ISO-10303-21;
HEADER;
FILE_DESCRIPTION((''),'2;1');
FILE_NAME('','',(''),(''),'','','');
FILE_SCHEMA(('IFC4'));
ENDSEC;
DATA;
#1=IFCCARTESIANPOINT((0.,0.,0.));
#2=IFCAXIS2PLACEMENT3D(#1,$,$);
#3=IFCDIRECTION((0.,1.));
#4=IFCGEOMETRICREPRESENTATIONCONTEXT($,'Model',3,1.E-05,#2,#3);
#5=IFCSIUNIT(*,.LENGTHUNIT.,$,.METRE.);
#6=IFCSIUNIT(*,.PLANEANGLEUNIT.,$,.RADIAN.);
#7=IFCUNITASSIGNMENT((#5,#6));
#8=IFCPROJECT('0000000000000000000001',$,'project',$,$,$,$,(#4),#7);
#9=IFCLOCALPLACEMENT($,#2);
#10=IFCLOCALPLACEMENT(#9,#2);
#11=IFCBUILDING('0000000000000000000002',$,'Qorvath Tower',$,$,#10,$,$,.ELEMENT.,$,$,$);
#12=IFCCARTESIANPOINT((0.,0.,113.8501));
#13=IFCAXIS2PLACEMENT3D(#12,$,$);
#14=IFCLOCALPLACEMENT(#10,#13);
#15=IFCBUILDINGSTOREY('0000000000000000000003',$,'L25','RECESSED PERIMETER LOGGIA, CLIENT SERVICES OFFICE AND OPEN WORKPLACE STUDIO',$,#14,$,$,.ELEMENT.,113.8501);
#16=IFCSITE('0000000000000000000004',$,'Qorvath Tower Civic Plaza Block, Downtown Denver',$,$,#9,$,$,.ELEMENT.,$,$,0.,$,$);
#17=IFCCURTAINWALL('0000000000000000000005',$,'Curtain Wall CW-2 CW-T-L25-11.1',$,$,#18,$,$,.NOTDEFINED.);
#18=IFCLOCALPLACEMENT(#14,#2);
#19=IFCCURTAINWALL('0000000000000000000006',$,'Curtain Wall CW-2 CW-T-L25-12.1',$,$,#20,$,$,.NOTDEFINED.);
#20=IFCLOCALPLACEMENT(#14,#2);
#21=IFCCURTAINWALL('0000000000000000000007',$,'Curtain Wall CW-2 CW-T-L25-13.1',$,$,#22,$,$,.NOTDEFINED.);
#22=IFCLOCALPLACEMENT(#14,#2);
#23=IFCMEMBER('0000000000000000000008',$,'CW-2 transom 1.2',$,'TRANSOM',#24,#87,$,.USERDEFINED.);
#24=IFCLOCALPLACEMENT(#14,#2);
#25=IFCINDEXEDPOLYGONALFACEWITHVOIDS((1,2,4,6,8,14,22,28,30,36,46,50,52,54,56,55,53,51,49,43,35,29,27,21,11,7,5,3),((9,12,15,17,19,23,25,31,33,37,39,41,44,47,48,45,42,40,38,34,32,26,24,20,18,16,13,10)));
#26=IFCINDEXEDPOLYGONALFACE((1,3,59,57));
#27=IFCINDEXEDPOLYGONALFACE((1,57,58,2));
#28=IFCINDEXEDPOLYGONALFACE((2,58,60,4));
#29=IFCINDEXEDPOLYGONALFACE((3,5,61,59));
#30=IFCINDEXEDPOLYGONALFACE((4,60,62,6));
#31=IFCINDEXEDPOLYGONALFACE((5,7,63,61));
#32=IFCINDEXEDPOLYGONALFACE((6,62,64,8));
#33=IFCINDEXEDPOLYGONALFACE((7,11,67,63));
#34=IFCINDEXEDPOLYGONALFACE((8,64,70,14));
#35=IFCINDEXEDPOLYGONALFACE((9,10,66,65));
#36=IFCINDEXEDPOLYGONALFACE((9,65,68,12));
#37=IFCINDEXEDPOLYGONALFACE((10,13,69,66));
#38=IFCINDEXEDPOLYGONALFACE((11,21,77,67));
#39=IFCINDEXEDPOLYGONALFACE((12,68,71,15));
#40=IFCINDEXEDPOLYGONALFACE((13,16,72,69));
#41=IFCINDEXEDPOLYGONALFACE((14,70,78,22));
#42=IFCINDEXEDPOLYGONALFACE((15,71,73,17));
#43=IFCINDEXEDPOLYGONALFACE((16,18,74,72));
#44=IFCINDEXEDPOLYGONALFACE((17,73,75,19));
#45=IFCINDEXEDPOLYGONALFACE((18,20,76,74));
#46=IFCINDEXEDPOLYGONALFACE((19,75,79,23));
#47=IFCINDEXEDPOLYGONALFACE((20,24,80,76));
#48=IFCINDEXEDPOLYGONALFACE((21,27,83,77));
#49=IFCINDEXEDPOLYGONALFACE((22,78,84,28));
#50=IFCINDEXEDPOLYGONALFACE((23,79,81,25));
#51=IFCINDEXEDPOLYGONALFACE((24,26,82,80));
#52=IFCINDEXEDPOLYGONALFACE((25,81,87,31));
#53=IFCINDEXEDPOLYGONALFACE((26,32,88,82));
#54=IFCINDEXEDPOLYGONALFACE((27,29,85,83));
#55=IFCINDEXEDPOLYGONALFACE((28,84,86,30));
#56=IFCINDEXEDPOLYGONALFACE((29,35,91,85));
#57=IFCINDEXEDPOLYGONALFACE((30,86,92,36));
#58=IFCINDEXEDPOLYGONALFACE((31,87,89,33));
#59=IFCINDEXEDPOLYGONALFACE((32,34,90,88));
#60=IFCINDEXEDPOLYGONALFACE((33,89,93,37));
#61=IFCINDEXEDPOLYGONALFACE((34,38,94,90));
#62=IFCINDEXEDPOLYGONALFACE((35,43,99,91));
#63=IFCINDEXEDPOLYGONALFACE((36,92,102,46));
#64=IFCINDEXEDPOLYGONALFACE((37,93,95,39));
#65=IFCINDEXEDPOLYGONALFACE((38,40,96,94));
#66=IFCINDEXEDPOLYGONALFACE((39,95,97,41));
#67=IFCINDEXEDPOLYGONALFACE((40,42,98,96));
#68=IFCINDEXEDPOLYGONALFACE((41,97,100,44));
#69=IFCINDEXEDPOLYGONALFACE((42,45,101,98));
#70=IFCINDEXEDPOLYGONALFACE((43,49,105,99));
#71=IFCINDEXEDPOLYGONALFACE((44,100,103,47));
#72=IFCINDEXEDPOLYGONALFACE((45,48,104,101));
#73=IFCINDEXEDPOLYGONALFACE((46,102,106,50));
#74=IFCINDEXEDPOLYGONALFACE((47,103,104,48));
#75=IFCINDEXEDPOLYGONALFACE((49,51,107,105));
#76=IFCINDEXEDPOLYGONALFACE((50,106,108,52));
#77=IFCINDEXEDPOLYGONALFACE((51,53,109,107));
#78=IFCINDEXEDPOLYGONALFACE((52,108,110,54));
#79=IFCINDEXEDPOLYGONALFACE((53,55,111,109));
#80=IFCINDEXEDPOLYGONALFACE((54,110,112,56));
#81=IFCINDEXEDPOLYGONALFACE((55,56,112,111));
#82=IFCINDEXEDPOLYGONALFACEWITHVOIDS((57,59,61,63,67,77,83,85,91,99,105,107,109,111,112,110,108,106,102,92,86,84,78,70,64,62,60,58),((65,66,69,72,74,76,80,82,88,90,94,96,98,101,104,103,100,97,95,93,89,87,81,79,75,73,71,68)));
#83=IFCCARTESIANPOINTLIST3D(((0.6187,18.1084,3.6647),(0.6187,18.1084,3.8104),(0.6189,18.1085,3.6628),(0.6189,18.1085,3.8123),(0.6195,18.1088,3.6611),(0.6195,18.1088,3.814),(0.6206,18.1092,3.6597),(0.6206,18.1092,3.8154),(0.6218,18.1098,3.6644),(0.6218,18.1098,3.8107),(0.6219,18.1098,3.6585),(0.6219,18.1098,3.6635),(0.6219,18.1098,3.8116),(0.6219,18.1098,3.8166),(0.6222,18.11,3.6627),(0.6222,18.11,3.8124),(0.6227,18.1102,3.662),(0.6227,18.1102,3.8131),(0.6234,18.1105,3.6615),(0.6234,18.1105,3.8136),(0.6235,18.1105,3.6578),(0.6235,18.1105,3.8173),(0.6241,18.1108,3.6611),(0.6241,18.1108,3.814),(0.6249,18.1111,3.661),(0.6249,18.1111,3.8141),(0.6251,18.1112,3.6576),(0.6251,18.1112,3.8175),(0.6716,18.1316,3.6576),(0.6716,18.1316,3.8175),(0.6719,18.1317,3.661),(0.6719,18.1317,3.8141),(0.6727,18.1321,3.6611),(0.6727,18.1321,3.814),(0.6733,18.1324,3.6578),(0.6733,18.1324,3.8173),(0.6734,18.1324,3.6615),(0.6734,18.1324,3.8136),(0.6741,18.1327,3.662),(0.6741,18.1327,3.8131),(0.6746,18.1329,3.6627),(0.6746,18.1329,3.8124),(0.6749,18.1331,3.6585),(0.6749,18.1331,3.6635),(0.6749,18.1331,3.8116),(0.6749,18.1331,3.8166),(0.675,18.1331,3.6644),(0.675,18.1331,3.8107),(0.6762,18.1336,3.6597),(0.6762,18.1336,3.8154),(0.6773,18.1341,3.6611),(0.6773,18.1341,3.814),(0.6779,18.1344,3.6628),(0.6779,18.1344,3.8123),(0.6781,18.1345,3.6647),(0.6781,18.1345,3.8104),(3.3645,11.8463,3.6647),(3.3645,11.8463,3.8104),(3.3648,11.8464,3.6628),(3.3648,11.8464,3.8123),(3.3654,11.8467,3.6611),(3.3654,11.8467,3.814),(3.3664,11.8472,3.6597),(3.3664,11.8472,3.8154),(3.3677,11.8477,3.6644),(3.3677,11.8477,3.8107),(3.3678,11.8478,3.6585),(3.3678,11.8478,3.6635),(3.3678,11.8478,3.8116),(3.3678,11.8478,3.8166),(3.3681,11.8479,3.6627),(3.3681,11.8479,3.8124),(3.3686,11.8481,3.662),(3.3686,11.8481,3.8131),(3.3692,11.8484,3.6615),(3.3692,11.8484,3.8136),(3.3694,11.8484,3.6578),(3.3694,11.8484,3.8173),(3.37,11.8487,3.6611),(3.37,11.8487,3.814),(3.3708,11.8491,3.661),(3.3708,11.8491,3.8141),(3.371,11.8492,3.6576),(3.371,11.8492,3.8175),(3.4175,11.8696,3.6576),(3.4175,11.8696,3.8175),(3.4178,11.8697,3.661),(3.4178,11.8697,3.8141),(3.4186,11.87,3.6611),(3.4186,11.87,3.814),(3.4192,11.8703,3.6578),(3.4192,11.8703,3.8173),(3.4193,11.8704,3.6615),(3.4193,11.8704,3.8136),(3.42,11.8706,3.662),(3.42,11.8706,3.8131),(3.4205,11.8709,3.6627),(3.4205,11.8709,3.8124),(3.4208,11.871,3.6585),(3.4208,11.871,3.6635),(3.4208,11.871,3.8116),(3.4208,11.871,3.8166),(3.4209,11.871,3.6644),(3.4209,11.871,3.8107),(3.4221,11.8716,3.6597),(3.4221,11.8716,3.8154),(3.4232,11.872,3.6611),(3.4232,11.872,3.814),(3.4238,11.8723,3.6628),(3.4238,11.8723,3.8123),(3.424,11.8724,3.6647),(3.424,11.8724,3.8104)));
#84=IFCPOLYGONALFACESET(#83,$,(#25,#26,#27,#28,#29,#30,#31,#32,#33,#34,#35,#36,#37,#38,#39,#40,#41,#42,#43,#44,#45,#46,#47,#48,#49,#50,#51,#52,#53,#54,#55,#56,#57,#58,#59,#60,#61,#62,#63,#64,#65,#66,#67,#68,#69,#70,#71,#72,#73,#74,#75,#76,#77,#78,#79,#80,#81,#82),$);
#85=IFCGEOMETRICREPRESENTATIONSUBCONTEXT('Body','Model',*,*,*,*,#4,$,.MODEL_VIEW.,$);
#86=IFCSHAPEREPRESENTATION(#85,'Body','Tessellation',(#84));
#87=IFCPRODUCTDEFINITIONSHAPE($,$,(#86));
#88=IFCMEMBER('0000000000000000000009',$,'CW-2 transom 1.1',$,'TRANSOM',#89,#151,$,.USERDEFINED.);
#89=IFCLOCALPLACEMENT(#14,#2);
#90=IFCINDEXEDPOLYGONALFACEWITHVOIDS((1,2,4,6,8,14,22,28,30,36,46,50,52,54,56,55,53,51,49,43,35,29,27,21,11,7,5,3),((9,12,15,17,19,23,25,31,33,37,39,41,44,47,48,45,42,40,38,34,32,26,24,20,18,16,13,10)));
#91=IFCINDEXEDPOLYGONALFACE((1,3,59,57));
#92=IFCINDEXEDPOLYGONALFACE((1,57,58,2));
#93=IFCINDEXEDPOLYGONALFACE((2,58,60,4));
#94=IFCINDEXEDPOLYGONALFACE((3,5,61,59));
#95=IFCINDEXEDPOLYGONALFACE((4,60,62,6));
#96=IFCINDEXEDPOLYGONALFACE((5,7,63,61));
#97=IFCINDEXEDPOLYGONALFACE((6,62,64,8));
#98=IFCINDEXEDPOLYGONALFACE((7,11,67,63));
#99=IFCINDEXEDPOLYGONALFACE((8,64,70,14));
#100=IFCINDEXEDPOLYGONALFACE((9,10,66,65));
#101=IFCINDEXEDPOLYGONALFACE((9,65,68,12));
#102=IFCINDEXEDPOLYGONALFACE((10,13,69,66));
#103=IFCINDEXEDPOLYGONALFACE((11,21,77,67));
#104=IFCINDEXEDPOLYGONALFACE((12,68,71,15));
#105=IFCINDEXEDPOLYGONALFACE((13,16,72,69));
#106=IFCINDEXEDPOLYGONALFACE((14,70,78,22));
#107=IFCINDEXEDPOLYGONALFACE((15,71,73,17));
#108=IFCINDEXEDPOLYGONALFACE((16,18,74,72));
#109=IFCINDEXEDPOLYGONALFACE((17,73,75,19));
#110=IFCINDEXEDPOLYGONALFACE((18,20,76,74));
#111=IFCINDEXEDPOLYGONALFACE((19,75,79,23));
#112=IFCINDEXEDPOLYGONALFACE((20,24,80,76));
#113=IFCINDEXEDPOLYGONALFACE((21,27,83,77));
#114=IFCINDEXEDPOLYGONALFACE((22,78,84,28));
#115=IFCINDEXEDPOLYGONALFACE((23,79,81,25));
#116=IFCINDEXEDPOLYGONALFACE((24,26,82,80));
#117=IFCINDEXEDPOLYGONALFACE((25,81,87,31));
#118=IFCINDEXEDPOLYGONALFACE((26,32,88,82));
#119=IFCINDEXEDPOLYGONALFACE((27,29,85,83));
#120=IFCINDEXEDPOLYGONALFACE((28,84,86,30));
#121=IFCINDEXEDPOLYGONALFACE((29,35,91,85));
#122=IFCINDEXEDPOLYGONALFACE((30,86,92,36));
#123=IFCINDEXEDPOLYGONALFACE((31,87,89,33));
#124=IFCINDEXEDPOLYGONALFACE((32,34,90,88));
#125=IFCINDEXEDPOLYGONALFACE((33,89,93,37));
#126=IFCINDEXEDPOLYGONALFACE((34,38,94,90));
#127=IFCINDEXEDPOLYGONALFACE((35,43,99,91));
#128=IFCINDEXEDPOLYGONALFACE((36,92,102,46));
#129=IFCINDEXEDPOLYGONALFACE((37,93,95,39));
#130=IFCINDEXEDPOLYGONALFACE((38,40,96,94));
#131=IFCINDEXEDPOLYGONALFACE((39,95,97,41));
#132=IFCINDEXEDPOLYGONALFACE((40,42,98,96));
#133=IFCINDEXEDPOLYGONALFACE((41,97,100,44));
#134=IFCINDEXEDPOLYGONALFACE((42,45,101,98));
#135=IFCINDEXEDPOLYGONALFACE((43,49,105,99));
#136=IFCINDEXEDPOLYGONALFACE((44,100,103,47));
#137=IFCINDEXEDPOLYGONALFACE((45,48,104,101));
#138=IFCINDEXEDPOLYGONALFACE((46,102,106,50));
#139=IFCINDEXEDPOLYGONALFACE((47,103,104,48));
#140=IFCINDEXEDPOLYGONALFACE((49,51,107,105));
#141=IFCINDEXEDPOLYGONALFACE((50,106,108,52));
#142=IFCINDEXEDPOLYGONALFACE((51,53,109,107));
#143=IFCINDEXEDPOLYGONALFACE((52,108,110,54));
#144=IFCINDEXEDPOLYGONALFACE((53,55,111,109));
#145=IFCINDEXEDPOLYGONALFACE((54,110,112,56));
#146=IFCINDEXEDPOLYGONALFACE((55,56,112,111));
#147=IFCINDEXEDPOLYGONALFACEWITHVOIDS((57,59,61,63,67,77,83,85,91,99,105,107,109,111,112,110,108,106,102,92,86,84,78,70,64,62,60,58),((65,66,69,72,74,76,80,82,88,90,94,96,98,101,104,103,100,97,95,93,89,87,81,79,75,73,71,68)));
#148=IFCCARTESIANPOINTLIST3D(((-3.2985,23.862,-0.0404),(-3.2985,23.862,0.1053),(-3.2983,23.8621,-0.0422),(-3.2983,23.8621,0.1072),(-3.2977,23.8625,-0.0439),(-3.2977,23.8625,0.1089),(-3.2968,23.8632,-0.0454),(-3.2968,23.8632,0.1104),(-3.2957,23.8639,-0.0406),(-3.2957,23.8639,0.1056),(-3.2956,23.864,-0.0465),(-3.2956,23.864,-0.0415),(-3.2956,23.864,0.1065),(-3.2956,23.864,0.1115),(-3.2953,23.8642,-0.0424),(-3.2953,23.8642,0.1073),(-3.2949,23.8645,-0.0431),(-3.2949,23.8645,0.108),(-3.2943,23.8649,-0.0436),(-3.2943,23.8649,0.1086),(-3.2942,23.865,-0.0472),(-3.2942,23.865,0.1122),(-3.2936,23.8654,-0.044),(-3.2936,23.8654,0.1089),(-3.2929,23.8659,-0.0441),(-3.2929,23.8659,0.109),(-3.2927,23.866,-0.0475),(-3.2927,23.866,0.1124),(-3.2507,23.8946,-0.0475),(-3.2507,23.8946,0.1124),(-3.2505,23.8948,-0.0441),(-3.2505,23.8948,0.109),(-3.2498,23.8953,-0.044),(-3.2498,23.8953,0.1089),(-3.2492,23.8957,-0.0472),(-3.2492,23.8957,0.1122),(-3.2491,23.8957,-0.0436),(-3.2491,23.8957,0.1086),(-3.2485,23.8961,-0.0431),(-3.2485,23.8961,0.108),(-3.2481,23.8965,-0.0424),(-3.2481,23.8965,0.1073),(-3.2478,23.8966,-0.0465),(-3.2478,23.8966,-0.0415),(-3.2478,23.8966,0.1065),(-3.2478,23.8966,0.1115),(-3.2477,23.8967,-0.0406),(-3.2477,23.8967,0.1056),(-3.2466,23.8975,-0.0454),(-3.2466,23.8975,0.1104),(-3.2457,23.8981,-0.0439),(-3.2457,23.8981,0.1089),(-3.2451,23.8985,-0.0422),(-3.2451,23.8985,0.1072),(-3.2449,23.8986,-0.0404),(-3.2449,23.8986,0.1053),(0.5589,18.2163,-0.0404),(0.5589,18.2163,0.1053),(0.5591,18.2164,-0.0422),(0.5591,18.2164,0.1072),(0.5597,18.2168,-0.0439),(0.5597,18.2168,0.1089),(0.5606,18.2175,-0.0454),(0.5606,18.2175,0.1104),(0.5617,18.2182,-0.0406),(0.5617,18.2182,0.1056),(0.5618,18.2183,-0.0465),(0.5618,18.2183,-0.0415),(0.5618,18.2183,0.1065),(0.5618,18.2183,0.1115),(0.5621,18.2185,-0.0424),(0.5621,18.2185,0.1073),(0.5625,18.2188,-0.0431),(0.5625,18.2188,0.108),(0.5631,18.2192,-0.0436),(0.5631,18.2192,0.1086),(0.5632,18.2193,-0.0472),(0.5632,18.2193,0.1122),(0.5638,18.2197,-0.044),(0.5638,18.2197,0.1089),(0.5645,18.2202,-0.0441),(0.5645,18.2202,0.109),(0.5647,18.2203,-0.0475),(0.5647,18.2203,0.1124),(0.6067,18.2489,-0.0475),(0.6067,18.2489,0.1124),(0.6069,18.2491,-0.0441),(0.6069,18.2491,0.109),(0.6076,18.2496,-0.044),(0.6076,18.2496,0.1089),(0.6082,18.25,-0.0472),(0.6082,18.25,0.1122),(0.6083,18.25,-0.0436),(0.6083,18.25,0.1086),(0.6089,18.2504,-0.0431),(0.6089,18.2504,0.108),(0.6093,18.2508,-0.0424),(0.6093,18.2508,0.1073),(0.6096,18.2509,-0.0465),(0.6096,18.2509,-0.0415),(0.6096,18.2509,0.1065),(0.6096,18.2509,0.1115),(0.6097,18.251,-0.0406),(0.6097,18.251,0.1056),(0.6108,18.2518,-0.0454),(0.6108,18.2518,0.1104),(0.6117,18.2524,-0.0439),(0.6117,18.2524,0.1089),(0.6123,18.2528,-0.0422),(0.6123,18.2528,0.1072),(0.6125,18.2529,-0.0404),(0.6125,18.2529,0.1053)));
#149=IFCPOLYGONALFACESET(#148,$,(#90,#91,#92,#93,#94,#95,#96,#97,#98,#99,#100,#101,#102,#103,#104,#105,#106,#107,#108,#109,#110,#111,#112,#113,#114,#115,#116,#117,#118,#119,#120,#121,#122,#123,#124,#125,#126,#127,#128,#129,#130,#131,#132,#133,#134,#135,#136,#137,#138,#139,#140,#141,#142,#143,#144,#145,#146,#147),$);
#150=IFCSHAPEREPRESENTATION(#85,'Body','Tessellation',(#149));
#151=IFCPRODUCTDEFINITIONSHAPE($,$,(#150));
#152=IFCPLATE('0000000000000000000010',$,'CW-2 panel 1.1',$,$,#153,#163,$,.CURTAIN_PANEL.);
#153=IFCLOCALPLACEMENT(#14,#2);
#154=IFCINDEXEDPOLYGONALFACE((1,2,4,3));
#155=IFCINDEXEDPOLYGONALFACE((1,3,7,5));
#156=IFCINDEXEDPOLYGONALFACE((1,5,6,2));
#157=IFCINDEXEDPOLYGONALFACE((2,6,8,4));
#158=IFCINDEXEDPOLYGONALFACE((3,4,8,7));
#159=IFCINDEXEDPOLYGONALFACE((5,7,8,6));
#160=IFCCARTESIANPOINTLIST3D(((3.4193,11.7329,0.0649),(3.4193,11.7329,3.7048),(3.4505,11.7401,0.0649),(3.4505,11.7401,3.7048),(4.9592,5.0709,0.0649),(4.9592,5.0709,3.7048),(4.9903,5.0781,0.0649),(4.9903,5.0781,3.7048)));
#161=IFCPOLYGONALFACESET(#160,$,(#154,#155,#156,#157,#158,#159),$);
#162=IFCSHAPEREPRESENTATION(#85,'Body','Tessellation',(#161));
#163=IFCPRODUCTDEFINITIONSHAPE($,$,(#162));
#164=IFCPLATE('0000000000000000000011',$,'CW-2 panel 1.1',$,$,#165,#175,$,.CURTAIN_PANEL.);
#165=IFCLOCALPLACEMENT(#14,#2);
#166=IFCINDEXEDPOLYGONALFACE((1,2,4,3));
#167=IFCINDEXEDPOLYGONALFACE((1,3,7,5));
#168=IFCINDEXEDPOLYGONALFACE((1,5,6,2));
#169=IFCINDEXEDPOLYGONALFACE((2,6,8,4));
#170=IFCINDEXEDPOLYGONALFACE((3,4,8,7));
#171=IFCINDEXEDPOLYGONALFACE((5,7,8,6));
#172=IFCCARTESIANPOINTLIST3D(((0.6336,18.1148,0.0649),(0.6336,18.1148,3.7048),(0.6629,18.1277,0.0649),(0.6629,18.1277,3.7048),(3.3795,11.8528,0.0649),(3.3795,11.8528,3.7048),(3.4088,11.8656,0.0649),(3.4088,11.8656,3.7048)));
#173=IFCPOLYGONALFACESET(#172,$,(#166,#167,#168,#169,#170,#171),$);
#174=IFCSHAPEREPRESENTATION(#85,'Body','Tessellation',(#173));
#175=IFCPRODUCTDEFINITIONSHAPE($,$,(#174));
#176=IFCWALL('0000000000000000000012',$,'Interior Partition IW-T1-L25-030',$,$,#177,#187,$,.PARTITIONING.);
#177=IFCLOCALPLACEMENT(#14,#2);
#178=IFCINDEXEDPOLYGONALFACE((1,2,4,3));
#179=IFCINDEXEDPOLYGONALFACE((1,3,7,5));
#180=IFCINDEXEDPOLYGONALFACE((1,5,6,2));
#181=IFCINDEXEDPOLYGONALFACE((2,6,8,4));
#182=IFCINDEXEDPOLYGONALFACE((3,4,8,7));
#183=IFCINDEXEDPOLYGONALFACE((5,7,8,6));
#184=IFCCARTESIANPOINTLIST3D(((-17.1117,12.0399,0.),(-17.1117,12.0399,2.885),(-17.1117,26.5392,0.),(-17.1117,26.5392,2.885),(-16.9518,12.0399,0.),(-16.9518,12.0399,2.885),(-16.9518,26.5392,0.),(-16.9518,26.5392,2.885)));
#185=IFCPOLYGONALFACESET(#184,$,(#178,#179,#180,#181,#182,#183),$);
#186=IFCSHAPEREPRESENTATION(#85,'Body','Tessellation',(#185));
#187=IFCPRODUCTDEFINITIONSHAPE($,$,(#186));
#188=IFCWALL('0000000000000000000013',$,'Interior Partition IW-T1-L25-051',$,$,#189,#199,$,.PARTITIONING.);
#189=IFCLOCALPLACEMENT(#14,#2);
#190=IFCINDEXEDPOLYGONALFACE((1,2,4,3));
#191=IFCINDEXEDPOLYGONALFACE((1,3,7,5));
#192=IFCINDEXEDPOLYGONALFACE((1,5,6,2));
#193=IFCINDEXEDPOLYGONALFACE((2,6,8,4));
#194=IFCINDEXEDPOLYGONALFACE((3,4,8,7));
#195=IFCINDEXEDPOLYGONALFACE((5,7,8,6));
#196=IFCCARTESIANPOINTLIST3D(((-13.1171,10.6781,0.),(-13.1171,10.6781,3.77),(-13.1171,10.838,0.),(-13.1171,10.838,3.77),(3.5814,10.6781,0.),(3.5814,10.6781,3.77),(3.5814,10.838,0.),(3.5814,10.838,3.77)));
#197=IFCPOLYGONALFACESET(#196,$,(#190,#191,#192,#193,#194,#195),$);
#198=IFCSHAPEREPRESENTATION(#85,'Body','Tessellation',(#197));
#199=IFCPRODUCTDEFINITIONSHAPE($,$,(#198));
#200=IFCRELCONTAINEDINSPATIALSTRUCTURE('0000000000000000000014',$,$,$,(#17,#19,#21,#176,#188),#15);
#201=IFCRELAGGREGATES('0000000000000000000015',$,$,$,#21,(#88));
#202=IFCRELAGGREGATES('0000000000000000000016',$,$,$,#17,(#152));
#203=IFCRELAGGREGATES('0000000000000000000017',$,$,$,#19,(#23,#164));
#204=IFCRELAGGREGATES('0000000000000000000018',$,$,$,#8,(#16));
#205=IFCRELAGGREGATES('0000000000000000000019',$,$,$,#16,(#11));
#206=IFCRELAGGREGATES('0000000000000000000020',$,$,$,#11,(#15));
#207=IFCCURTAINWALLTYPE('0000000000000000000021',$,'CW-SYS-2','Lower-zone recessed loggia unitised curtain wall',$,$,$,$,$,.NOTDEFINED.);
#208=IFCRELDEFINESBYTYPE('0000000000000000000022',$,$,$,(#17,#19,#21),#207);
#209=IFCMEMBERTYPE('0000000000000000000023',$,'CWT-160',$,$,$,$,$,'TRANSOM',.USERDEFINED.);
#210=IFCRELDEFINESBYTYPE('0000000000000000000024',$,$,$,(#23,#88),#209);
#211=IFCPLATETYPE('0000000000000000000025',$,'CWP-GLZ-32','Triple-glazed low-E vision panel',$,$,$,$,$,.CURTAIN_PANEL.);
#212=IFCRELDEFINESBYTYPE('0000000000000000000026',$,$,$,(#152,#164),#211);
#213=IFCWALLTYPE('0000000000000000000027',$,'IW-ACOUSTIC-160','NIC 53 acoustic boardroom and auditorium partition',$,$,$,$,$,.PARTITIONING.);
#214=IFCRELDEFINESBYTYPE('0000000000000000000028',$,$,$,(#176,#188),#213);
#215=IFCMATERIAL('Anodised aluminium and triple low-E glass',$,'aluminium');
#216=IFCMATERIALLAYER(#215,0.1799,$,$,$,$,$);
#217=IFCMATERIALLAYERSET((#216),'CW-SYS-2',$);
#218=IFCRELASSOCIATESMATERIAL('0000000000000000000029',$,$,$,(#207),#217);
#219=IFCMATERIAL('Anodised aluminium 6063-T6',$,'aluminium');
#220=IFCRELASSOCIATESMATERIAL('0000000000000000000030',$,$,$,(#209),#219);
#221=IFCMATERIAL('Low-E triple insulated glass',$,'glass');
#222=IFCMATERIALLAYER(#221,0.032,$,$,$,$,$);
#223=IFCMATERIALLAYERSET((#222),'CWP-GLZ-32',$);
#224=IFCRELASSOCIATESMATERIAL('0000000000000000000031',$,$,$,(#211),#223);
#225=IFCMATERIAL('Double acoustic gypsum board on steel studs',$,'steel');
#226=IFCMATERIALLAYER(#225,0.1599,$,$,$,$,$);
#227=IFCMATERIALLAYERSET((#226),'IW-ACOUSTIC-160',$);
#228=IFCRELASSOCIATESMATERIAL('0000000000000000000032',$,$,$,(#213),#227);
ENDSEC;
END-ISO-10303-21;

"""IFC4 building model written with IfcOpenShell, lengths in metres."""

from ifc_helpers import new_model, si_unit, direction, frame, frame_2d, origin, origin_2d, place, context, subcontext, project, spatial, rectangle, hollow_rectangle, extrude, material, layer, layer_set, material_profile, profile_set, type_object, element, aggregate, save


model = new_model("IFC4")

# Units and contexts
model_context = context("Model", 3, precision=1e-05, world=origin(), true_north=direction((0.0, 1.0)))
body_context = subcontext(model_context, "Body", "Model", "MODEL_VIEW")
ifc_project = project(units=[si_unit("LENGTHUNIT", "METRE"), si_unit("PLANEANGLEUNIT", "RADIAN")], contexts=[model_context])

# Site, building, storey
site_placement = place(None, origin())
site = spatial("IfcSite", under=ifc_project, at=site_placement, Name="Qorvath Tower Civic Plaza Block, Downtown Denver", CompositionType="ELEMENT", RefElevation=0.0)
building_placement = place(site_placement, origin())
building = spatial("IfcBuilding", under=site, at=building_placement, Name="Qorvath Tower", CompositionType="ELEMENT")
storey_placement = place(building_placement, frame((0.0, 0.0, 113.8501)))
storey = spatial("IfcBuildingStorey", under=building, at=storey_placement, Name="L25", Description="RECESSED PERIMETER LOGGIA, CLIENT SERVICES OFFICE AND OPEN WORKPLACE STUDIO", CompositionType="ELEMENT", Elevation=113.8501)

# Curtain walls
ifc_material_1 = material(Name="Anodised aluminium and triple low-E glass", Category="aluminium")
ifc_layer_1 = layer(ifc_material_1, 0.1799)
ifc_layer_set_1 = layer_set([ifc_layer_1], Name="CW-SYS-2")
curtain_wall_type = type_object("IfcCurtainWallType", Name="CW-SYS-2", Description="Lower-zone recessed loggia unitised curtain wall", PredefinedType="NOTDEFINED", material=ifc_layer_set_1)
curtain_wall_1_placement = place(storey_placement, origin())
curtain_wall_1 = element("IfcCurtainWall", 1, at=curtain_wall_1_placement, inside=storey, type_object=curtain_wall_type, Name="Curtain Wall CW-2 CW-T-L25-11.1", PredefinedType="NOTDEFINED")
curtain_wall_2_placement = place(storey_placement, origin())
curtain_wall_2 = element("IfcCurtainWall", 2, at=curtain_wall_2_placement, inside=storey, type_object=curtain_wall_type, Name="Curtain Wall CW-2 CW-T-L25-12.1", PredefinedType="NOTDEFINED")

# Curtain wall
curtain_wall_3_placement = place(storey_placement, origin())
curtain_wall_3 = element("IfcCurtainWall", 3, at=curtain_wall_3_placement, inside=storey, type_object=curtain_wall_type, Name="Curtain Wall CW-2 CW-T-L25-13.1", PredefinedType="NOTDEFINED")

# Members
ifc_material_2 = material(Name="Anodised aluminium 6063-T6", Category="aluminium")
ifc_material_profile_1 = material_profile(ifc_material_2, hollow_rectangle(XDim=0.0649, YDim=0.1599, WallThickness=0.0034, InnerFilletRadius=0.0034, OuterFilletRadius=0.0071, at=origin_2d()), Name="CWT 160x65")
ifc_profile_set_1 = profile_set([ifc_material_profile_1], Name="Anodised aluminium 6063-T6")
member_type_1 = type_object("IfcMemberType", Name="CWT-160", ElementType="TRANSOM", PredefinedType="USERDEFINED", material=ifc_profile_set_1)
member_1_placement = place(storey_placement, frame((3.3943, 11.8594, 3.7375), z_axis=(-0.401585, 0.915822, 0.0), x_axis=(-0.915822, -0.401585, 0.0)))
member_1 = element("IfcMember", 4, at=member_1_placement, type_object=member_type_1, Name="CW-2 transom 1.2", ObjectType="TRANSOM", PredefinedType="USERDEFINED", context=body_context, shape_type="SweptSolid", body=[
    extrude(hollow_rectangle(XDim=0.0649, YDim=0.1599, WallThickness=0.0034, InnerFilletRadius=0.0034, OuterFilletRadius=0.0071, at=origin_2d()), origin(), (0.0, 0.0, 1.0), 6.8376),
])
member_2_placement = place(storey_placement, frame((0.5857, 18.2346, 0.0325), z_axis=(-0.56414, 0.825679, 0.0), x_axis=(-0.825679, -0.56414, 0.0)))
member_2 = element("IfcMember", 5, at=member_2_placement, type_object=member_type_1, Name="CW-2 transom 1.1", ObjectType="TRANSOM", PredefinedType="USERDEFINED", context=body_context, shape_type="SweptSolid", body=[
    extrude(hollow_rectangle(XDim=0.0649, YDim=0.1599, WallThickness=0.0034, InnerFilletRadius=0.0034, OuterFilletRadius=0.0071, at=origin_2d()), origin(), (0.0, 0.0, 1.0), 6.8376),
])
aggregate(curtain_wall_3, [member_2])

# Plates
ifc_material_3 = material(Name="Low-E triple insulated glass", Category="glass")
ifc_layer_2 = layer(ifc_material_3, 0.032)
ifc_layer_set_2 = layer_set([ifc_layer_2], Name="CWP-GLZ-32")
plate_type = type_object("IfcPlateType", Name="CWP-GLZ-32", Description="Triple-glazed low-E vision panel", PredefinedType="CURTAIN_PANEL", material=ifc_layer_set_2)
plate_1_placement = place(storey_placement, frame((4.2048, 8.4055, 0.0649), z_axis=(0.0, 0.0, 1.0), x_axis=(-0.2252, 0.974313, 0.0)))
plate_1 = element("IfcPlate", 6, at=plate_1_placement, type_object=plate_type, Name="CW-2 panel 1.1", PredefinedType="CURTAIN_PANEL", context=body_context, shape_type="SweptSolid", body=[
    extrude(rectangle(XDim=6.8376, YDim=0.032, at=origin_2d()), origin(), (0.0, 0.0, 1.0), 3.6399),
])
aggregate(curtain_wall_1, [plate_1])
plate_2_placement = place(storey_placement, frame((2.0212, 14.9902, 0.0649), z_axis=(0.0, 0.0, 1.0), x_axis=(-0.401586, 0.915821, 0.0)))
plate_2 = element("IfcPlate", 7, at=plate_2_placement, type_object=plate_type, Name="CW-2 panel 1.1", PredefinedType="CURTAIN_PANEL", context=body_context, shape_type="SweptSolid", body=[
    extrude(rectangle(XDim=6.8376, YDim=0.032, at=origin_2d()), origin(), (0.0, 0.0, 1.0), 3.6399),
])
aggregate(curtain_wall_2, [member_1, plate_2])

# Walls
ifc_material_4 = material(Name="Double acoustic gypsum board on steel studs", Category="steel")
ifc_layer_3 = layer(ifc_material_4, 0.1599)
ifc_layer_set_3 = layer_set([ifc_layer_3], Name="IW-ACOUSTIC-160")
wall_type_1 = type_object("IfcWallType", Name="IW-ACOUSTIC-160", Description="NIC 53 acoustic boardroom and auditorium partition", PredefinedType="PARTITIONING", material=ifc_layer_set_3)
wall_1_placement = place(storey_placement, frame((-17.0317, 12.04, 0.0), z_axis=(0.0, 0.0, 1.0), x_axis=(0.0, 1.0, 0.0)))
element("IfcWall", 8, at=wall_1_placement, inside=storey, type_object=wall_type_1, Name="Interior Partition IW-T1-L25-030", PredefinedType="PARTITIONING", context=body_context, shape_type="SweptSolid", body=[
    extrude(rectangle(XDim=14.4993, YDim=0.1599, at=frame_2d((7.2495, 0.0))), origin(), (0.0, 0.0, 1.0), 2.885),
])
wall_2_placement = place(storey_placement, frame((3.5813, 10.7581, 0.0), z_axis=(0.0, 0.0, 1.0), x_axis=(-1.0, 0.0, 0.0)))
element("IfcWall", 9, at=wall_2_placement, inside=storey, type_object=wall_type_1, Name="Interior Partition IW-T1-L25-051", PredefinedType="PARTITIONING", context=body_context, shape_type="SweptSolid", body=[
    extrude(rectangle(XDim=16.6985, YDim=0.1599, at=frame_2d((8.3491, 0.0))), origin(), (0.0, 0.0, 1.0), 3.77),
])

save(model, "model.ifc")
